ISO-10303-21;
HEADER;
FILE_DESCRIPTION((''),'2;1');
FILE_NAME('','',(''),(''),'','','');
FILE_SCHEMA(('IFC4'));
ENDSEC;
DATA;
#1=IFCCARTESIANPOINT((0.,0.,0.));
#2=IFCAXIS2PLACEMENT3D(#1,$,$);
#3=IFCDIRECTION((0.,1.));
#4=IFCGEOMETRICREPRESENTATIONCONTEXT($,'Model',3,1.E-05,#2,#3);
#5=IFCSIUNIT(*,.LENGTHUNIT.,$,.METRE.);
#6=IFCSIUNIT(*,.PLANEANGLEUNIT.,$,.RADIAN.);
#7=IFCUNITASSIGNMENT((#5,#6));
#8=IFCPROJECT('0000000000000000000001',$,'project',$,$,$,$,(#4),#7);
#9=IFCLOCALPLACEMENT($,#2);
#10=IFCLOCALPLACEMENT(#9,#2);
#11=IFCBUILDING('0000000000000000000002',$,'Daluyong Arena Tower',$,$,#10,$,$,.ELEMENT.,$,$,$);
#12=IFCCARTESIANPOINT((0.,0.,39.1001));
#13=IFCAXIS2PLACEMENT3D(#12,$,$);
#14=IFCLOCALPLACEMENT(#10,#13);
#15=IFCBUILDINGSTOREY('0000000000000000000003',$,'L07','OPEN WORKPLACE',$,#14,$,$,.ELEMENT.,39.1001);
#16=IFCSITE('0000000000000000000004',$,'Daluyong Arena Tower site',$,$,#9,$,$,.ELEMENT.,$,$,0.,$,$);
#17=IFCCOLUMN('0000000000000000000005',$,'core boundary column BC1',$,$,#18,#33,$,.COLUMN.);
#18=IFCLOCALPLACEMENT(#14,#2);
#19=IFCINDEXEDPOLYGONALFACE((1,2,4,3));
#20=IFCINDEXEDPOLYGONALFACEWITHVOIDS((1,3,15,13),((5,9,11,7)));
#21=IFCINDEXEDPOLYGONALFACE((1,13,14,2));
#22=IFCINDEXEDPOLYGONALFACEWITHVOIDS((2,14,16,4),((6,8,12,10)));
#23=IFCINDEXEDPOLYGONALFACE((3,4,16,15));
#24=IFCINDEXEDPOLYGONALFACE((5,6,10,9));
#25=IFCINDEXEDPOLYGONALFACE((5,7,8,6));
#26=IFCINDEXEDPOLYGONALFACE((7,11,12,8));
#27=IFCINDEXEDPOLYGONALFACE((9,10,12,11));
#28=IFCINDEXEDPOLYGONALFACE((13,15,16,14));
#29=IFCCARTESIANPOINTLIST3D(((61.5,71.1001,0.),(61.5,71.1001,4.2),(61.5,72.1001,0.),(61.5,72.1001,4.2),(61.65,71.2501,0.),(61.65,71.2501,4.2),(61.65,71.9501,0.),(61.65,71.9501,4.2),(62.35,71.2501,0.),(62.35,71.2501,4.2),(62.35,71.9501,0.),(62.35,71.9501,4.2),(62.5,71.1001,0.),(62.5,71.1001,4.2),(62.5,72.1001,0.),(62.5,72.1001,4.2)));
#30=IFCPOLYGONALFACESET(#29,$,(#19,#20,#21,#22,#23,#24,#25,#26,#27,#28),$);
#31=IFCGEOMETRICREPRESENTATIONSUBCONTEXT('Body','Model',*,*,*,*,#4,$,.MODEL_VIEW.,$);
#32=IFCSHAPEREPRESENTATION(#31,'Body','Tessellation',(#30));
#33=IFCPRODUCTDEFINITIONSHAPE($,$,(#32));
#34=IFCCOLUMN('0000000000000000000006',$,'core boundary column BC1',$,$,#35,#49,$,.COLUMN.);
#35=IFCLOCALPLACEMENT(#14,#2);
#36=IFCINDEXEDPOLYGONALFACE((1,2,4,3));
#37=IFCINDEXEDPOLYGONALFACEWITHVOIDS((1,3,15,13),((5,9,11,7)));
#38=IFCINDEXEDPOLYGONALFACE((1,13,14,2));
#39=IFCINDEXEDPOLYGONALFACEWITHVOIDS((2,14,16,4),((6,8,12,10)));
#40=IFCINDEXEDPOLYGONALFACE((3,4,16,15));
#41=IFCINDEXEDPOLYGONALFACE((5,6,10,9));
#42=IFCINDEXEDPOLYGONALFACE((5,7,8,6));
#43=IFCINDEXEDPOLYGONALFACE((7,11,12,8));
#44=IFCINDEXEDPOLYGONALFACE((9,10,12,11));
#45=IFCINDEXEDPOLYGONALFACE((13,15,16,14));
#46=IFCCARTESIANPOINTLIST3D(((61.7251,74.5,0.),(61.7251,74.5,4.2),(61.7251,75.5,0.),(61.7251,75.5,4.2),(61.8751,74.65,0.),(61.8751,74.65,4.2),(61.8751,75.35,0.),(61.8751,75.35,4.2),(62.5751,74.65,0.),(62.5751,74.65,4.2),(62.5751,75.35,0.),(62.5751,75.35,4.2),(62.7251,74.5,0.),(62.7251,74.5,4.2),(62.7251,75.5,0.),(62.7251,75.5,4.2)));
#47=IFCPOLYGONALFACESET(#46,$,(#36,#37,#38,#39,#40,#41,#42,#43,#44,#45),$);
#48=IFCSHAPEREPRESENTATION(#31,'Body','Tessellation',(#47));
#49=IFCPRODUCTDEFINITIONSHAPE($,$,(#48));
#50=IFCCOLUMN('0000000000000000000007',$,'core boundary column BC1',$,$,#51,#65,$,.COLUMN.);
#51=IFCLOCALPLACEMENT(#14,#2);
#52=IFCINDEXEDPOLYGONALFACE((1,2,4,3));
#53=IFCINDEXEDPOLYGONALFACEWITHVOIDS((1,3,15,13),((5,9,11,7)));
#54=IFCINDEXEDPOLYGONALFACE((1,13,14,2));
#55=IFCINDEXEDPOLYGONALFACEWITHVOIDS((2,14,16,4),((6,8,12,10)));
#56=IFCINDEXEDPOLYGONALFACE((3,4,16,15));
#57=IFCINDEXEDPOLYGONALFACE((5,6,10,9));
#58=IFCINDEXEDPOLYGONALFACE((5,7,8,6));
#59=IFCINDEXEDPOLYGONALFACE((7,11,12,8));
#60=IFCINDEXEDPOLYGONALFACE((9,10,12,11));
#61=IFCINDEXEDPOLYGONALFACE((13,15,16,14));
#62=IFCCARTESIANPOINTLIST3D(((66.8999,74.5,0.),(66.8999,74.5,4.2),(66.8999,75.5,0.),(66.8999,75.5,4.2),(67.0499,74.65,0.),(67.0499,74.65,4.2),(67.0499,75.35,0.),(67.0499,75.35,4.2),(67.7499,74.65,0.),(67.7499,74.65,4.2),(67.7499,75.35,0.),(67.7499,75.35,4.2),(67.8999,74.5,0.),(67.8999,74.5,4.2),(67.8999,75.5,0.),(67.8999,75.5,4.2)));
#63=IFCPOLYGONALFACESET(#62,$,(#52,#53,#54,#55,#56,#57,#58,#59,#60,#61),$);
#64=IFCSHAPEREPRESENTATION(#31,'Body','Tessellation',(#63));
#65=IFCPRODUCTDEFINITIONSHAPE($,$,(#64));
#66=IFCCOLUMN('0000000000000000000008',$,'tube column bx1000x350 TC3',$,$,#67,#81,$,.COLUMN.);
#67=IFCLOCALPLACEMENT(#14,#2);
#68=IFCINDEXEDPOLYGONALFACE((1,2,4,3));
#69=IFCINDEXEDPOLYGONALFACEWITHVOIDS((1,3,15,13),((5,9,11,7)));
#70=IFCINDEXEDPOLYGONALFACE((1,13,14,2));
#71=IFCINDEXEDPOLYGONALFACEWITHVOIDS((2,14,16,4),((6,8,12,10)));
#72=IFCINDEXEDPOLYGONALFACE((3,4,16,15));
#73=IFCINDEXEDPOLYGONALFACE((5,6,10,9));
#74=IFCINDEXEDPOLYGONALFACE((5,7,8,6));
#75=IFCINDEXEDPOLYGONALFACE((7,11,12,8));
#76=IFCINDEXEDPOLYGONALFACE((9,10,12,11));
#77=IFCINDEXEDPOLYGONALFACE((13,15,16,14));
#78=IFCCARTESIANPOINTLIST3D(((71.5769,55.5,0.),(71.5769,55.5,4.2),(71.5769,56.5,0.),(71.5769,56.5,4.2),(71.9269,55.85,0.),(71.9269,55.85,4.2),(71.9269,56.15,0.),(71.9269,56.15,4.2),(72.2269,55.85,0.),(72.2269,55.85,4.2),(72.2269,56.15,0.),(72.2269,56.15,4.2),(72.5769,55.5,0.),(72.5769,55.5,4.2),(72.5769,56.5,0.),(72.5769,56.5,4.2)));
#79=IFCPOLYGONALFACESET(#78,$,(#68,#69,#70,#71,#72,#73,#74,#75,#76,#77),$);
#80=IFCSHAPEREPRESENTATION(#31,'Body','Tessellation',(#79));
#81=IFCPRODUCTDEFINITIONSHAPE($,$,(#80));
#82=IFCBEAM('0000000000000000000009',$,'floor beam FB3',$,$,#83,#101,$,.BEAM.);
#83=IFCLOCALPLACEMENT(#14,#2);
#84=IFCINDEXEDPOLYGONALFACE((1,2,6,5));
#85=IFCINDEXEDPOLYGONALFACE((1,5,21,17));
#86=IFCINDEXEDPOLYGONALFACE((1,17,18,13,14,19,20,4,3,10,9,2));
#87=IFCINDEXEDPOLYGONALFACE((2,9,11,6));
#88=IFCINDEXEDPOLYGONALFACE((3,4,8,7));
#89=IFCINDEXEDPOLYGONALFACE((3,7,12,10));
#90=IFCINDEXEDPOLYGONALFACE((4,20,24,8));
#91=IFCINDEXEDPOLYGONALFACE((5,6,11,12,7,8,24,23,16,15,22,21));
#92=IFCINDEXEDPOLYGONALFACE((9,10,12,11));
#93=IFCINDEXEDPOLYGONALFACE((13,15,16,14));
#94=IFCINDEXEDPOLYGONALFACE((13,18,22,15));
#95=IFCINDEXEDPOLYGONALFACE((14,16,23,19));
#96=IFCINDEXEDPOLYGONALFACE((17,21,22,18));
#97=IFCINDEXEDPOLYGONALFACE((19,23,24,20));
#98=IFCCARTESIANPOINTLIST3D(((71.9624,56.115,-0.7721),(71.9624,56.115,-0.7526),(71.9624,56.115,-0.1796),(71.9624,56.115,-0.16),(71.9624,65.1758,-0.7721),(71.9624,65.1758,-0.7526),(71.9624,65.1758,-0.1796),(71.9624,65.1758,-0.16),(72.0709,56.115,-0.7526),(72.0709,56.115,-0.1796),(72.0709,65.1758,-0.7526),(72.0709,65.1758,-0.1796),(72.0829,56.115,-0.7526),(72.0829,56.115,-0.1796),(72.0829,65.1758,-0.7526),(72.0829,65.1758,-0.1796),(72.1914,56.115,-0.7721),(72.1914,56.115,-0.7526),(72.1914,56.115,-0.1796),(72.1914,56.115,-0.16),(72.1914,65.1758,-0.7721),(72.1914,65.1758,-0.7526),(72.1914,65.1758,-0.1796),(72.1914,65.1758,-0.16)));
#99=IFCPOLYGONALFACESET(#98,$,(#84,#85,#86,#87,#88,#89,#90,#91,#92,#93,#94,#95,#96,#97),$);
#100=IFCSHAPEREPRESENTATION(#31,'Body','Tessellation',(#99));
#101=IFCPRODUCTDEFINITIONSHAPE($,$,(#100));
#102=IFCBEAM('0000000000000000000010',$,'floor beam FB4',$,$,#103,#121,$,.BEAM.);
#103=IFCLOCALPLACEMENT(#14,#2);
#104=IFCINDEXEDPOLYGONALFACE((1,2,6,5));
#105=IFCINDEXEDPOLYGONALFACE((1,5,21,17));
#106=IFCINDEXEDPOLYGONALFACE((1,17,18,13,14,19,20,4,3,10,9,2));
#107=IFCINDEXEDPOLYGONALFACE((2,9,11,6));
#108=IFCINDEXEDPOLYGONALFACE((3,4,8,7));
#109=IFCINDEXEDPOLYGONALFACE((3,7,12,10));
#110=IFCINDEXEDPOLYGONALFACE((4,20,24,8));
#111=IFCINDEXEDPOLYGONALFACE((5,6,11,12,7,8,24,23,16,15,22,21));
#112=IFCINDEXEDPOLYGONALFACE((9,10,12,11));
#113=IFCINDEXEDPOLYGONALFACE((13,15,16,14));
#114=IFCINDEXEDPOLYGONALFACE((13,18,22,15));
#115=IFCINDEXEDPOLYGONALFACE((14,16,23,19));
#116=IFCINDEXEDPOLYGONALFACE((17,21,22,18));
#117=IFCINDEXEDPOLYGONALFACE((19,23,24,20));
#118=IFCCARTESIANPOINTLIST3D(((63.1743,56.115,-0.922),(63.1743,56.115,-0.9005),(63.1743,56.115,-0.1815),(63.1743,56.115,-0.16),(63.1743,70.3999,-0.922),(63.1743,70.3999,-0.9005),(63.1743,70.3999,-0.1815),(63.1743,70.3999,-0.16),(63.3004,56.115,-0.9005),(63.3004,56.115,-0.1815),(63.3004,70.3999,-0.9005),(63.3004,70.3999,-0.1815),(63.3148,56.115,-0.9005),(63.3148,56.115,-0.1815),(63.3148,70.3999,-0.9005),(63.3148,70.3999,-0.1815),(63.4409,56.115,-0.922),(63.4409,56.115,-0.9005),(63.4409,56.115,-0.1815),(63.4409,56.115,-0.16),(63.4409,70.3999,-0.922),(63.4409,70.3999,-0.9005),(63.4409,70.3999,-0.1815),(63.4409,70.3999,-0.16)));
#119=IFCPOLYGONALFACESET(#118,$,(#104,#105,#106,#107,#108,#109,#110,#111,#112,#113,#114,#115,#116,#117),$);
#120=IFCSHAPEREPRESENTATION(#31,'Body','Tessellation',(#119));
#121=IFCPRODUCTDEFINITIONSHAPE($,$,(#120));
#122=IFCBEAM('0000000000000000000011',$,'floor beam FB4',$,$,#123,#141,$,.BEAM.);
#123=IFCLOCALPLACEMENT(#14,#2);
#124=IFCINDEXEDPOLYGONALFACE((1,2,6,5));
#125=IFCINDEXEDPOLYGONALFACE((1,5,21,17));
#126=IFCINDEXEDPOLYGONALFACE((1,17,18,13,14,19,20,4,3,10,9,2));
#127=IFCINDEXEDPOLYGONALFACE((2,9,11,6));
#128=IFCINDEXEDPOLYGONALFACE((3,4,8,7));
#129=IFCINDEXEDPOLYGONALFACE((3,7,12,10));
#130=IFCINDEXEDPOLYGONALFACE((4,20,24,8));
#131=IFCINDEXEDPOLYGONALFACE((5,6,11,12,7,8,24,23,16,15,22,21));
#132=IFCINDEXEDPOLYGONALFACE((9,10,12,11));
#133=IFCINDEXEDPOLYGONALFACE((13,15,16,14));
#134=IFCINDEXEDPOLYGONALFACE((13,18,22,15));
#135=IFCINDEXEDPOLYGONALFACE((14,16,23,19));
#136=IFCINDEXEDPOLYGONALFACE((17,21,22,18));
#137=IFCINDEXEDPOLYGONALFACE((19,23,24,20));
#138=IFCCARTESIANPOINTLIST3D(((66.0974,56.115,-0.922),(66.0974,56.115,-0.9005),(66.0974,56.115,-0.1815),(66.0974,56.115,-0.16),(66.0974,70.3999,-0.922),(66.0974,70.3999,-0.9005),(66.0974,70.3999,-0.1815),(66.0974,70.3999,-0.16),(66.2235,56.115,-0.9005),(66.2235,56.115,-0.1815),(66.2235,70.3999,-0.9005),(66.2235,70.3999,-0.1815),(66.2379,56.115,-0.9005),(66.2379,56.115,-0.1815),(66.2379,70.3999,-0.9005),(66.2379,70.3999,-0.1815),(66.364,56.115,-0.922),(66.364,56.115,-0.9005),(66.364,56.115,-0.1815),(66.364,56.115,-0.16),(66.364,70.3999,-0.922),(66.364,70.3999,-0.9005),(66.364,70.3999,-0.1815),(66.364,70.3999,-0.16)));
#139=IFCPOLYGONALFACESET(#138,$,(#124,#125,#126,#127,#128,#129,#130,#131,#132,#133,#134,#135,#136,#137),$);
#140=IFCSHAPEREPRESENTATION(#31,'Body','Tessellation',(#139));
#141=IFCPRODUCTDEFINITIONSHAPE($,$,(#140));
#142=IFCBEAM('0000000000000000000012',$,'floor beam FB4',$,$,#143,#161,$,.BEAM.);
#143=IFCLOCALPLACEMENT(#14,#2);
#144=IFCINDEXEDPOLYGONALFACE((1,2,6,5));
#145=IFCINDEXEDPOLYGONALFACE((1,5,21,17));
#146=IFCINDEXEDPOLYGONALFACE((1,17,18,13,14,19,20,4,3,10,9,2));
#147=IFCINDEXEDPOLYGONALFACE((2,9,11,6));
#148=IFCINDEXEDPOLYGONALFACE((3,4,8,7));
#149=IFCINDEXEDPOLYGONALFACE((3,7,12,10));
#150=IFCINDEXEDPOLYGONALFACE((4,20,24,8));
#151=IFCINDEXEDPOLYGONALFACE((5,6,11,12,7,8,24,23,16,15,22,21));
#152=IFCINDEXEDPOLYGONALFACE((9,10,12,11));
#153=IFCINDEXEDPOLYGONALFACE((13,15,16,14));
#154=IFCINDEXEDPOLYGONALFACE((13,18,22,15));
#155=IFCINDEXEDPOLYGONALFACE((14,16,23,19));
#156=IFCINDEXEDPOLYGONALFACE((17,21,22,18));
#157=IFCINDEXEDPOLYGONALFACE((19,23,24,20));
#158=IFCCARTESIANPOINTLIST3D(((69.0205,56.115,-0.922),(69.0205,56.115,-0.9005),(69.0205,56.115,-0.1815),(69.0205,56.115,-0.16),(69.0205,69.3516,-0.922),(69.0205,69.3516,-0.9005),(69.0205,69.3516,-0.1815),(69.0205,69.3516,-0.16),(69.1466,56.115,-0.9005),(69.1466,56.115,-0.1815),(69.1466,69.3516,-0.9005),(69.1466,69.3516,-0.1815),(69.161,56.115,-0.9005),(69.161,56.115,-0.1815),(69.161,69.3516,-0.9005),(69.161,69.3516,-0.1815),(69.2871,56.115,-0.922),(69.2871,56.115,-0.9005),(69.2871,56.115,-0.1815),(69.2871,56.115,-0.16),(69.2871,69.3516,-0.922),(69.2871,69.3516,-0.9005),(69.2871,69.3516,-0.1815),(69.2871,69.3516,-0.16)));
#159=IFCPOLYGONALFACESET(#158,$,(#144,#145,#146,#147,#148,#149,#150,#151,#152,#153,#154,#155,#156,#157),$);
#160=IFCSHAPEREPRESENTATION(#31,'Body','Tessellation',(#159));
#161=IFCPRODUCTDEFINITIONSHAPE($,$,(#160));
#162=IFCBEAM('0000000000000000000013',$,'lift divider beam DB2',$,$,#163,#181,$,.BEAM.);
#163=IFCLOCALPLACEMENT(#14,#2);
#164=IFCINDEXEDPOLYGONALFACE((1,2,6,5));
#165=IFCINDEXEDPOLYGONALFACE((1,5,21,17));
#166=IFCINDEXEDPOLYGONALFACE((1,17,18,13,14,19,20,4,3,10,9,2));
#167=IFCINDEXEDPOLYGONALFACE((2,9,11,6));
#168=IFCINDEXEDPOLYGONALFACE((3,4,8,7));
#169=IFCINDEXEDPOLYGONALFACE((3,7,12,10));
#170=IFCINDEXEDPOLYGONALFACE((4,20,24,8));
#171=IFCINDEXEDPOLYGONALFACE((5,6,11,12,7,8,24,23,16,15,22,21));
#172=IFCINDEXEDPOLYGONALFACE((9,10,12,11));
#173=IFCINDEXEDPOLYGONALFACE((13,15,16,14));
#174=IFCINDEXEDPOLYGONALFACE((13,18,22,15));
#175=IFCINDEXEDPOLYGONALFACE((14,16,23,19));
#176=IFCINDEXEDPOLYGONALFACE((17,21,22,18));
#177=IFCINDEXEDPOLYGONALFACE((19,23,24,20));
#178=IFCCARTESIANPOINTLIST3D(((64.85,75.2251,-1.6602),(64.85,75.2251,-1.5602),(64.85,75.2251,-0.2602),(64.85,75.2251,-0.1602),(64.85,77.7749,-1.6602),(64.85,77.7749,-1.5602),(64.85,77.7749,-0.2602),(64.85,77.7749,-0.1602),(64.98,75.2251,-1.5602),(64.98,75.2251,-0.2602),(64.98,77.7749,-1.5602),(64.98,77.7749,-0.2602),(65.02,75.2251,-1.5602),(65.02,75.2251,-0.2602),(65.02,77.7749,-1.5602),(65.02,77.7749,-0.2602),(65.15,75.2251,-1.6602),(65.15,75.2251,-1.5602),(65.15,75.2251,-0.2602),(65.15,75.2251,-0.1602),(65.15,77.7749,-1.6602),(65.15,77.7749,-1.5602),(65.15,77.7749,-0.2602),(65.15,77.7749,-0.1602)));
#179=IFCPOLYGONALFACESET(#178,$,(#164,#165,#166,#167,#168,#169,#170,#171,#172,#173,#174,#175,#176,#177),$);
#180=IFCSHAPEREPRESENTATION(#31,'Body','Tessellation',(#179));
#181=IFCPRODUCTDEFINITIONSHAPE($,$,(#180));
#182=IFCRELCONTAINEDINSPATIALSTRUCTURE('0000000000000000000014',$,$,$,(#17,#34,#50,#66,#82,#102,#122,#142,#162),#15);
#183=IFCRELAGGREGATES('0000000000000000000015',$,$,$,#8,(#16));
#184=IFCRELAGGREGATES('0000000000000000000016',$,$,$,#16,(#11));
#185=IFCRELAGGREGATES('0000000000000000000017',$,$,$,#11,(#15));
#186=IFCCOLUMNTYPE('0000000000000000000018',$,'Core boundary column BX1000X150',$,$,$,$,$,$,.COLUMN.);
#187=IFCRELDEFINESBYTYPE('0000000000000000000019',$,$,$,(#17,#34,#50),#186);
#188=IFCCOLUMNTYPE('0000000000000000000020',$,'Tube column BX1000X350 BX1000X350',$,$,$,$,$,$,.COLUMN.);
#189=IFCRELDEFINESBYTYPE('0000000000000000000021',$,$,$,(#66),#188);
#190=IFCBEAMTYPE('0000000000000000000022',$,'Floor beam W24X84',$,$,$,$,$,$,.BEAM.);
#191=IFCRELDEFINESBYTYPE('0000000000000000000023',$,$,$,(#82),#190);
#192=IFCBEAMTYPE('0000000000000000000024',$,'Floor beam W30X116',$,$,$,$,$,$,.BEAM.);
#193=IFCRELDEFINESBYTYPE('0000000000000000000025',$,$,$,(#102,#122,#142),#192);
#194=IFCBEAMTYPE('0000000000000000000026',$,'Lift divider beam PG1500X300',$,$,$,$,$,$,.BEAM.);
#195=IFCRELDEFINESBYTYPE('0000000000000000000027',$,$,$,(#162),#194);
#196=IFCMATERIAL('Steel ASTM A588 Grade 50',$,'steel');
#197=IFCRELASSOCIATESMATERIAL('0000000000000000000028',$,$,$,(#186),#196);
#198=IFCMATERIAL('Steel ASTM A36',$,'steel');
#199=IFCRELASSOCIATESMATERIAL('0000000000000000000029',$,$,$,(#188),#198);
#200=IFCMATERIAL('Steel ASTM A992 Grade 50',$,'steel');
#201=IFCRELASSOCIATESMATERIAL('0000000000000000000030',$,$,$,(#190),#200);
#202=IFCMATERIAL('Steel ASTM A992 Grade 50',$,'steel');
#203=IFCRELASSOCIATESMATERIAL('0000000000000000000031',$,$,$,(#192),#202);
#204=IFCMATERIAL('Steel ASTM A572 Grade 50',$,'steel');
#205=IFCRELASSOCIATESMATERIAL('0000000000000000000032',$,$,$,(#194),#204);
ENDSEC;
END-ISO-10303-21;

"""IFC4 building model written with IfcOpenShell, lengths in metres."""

from ifc_helpers import new_model, si_unit, direction, frame, origin, origin_2d, place, context, subcontext, project, spatial, hollow_rectangle, i_section, extrude, material, material_profile, profile_set, type_object, element, save


model = new_model("IFC4")

# Units and contexts
model_context = context("Model", 3, precision=1e-05, world=origin(), true_north=direction((0.0, 1.0)))
body_context = subcontext(model_context, "Body", "Model", "MODEL_VIEW")
ifc_project = project(units=[si_unit("LENGTHUNIT", "METRE"), si_unit("PLANEANGLEUNIT", "RADIAN")], contexts=[model_context])

# Site, building, storey
site_placement = place(None, origin())
site = spatial("IfcSite", under=ifc_project, at=site_placement, Name="Daluyong Arena Tower site", CompositionType="ELEMENT", RefElevation=0.0)
building_placement = place(site_placement, origin())
building = spatial("IfcBuilding", under=site, at=building_placement, Name="Daluyong Arena Tower", CompositionType="ELEMENT")
storey_placement = place(building_placement, frame((0.0, 0.0, 39.1001)))
storey = spatial("IfcBuildingStorey", under=building, at=storey_placement, Name="L07", Description="OPEN WORKPLACE", CompositionType="ELEMENT", Elevation=39.1001)

# Columns
ifc_material_1 = material(Name="Steel ASTM A588 Grade 50", Category="steel")
ifc_material_profile_1 = material_profile(ifc_material_1, hollow_rectangle(XDim=1.0, YDim=1.0, WallThickness=0.15, at=origin_2d()))
ifc_profile_set_1 = profile_set([ifc_material_profile_1], Name="Steel ASTM A588 Grade 50")
column_type_1 = type_object("IfcColumnType", Name="Core boundary column BX1000X150", PredefinedType="COLUMN", material=ifc_profile_set_1)
for number, where, z_axis, x_axis, name in (
    (1, (62.0, 71.6001, 0.0), (0.0, 0.0, 1.0), (1.0, 0.0, 0.0), "core boundary column BC1"),
    (2, (62.2251, 75.0, 0.0), (0.0, 0.0, 1.0), (1.0, 0.0, 0.0), "core boundary column BC1"),
    (3, (67.3999, 75.0, 0.0), (0.0, 0.0, 1.0), (1.0, 0.0, 0.0), "core boundary column BC1"),
):
    element("IfcColumn", number, at=place(storey_placement, frame(where, z_axis=z_axis, x_axis=x_axis)), inside=storey, type_object=column_type_1, Name=name, PredefinedType="COLUMN", context=body_context, shape_type="SweptSolid", body=[
        extrude(hollow_rectangle(XDim=1.0, YDim=1.0, WallThickness=0.15, at=origin_2d()), origin(), (0.0, 0.0, 1.0), 4.2),
    ])
ifc_material_2 = material(Name="Steel ASTM A36", Category="steel")
ifc_material_profile_2 = material_profile(ifc_material_2, hollow_rectangle(XDim=1.0, YDim=1.0, WallThickness=0.35, at=origin_2d()))
ifc_profile_set_2 = profile_set([ifc_material_profile_2], Name="Steel ASTM A36")
column_type_2 = type_object("IfcColumnType", Name="Tube column BX1000X350 BX1000X350", PredefinedType="COLUMN", material=ifc_profile_set_2)
column_placement = place(storey_placement, frame((72.0769, 56.0, 0.0), z_axis=(0.0, 0.0, 1.0), x_axis=(1.0, 0.0, 0.0)))
element("IfcColumn", 4, at=column_placement, inside=storey, type_object=column_type_2, Name="tube column bx1000x350 TC3", PredefinedType="COLUMN", context=body_context, shape_type="SweptSolid", body=[
    extrude(hollow_rectangle(XDim=1.0, YDim=1.0, WallThickness=0.35, at=origin_2d()), origin(), (0.0, 0.0, 1.0), 4.2),
])

# Beams
ifc_material_3 = material(Name="Steel ASTM A992 Grade 50", Category="steel")
ifc_material_profile_3 = material_profile(ifc_material_3, i_section(OverallWidth=0.229, OverallDepth=0.6121, WebThickness=0.012, FlangeThickness=0.0195, at=origin_2d()))
ifc_profile_set_3 = profile_set([ifc_material_profile_3], Name="Steel ASTM A992 Grade 50")
beam_type_1 = type_object("IfcBeamType", Name="Floor beam W24X84", PredefinedType="BEAM", material=ifc_profile_set_3)
beam_1_placement = place(storey_placement, frame((72.0769, 56.115, -0.4661), z_axis=(0.0, 1.0, 0.0), x_axis=(-1.0, 0.0, 0.0)))
element("IfcBeam", 5, at=beam_1_placement, inside=storey, type_object=beam_type_1, Name="floor beam FB3", PredefinedType="BEAM", context=body_context, shape_type="SweptSolid", body=[
    extrude(i_section(OverallWidth=0.229, OverallDepth=0.6121, WebThickness=0.012, FlangeThickness=0.0195, at=origin_2d()), origin(), (0.0, 0.0, 1.0), 9.0608),
])
ifc_material_4 = material(Name="Steel ASTM A992 Grade 50", Category="steel")
ifc_material_profile_4 = material_profile(ifc_material_4, i_section(OverallWidth=0.2666, OverallDepth=0.762, WebThickness=0.0144, FlangeThickness=0.0215, at=origin_2d()))
ifc_profile_set_4 = profile_set([ifc_material_profile_4], Name="Steel ASTM A992 Grade 50")
beam_type_2 = type_object("IfcBeamType", Name="Floor beam W30X116", PredefinedType="BEAM", material=ifc_profile_set_4)
for number, where, z_axis, x_axis, name in (
    (6, (63.3076, 56.115, -0.541), (0.0, 1.0, 0.0), (-1.0, 0.0, 0.0), "floor beam FB4"),
    (7, (66.2307, 56.115, -0.541), (0.0, 1.0, 0.0), (-1.0, 0.0, 0.0), "floor beam FB4"),
):
    element("IfcBeam", number, at=place(storey_placement, frame(where, z_axis=z_axis, x_axis=x_axis)), inside=storey, type_object=beam_type_2, Name=name, PredefinedType="BEAM", context=body_context, shape_type="SweptSolid", body=[
        extrude(i_section(OverallWidth=0.2666, OverallDepth=0.762, WebThickness=0.0144, FlangeThickness=0.0215, at=origin_2d()), origin(), (0.0, 0.0, 1.0), 14.2849),
    ])
beam_2_placement = place(storey_placement, frame((69.1538, 56.115, -0.541), z_axis=(0.0, 1.0, 0.0), x_axis=(-1.0, 0.0, 0.0)))
element("IfcBeam", 8, at=beam_2_placement, inside=storey, type_object=beam_type_2, Name="floor beam FB4", PredefinedType="BEAM", context=body_context, shape_type="SweptSolid", body=[
    extrude(i_section(OverallWidth=0.2666, OverallDepth=0.762, WebThickness=0.0144, FlangeThickness=0.0215, at=origin_2d()), origin(), (0.0, 0.0, 1.0), 13.2366),
])
ifc_material_5 = material(Name="Steel ASTM A572 Grade 50", Category="steel")
ifc_material_profile_5 = material_profile(ifc_material_5, i_section(OverallWidth=0.3, OverallDepth=1.5, WebThickness=0.04, FlangeThickness=0.1, at=origin_2d()))
ifc_profile_set_5 = profile_set([ifc_material_profile_5], Name="Steel ASTM A572 Grade 50")
beam_type_3 = type_object("IfcBeamType", Name="Lift divider beam PG1500X300", PredefinedType="BEAM", material=ifc_profile_set_5)
beam_3_placement = place(storey_placement, frame((65.0, 75.2251, -0.9102), z_axis=(0.0, 1.0, 0.0), x_axis=(-1.0, 0.0, 0.0)))
element("IfcBeam", 9, at=beam_3_placement, inside=storey, type_object=beam_type_3, Name="lift divider beam DB2", PredefinedType="BEAM", context=body_context, shape_type="SweptSolid", body=[
    extrude(i_section(OverallWidth=0.3, OverallDepth=1.5, WebThickness=0.04, FlangeThickness=0.1, at=origin_2d()), origin(), (0.0, 0.0, 1.0), 2.5498),
])

save(model, "model.ifc")
